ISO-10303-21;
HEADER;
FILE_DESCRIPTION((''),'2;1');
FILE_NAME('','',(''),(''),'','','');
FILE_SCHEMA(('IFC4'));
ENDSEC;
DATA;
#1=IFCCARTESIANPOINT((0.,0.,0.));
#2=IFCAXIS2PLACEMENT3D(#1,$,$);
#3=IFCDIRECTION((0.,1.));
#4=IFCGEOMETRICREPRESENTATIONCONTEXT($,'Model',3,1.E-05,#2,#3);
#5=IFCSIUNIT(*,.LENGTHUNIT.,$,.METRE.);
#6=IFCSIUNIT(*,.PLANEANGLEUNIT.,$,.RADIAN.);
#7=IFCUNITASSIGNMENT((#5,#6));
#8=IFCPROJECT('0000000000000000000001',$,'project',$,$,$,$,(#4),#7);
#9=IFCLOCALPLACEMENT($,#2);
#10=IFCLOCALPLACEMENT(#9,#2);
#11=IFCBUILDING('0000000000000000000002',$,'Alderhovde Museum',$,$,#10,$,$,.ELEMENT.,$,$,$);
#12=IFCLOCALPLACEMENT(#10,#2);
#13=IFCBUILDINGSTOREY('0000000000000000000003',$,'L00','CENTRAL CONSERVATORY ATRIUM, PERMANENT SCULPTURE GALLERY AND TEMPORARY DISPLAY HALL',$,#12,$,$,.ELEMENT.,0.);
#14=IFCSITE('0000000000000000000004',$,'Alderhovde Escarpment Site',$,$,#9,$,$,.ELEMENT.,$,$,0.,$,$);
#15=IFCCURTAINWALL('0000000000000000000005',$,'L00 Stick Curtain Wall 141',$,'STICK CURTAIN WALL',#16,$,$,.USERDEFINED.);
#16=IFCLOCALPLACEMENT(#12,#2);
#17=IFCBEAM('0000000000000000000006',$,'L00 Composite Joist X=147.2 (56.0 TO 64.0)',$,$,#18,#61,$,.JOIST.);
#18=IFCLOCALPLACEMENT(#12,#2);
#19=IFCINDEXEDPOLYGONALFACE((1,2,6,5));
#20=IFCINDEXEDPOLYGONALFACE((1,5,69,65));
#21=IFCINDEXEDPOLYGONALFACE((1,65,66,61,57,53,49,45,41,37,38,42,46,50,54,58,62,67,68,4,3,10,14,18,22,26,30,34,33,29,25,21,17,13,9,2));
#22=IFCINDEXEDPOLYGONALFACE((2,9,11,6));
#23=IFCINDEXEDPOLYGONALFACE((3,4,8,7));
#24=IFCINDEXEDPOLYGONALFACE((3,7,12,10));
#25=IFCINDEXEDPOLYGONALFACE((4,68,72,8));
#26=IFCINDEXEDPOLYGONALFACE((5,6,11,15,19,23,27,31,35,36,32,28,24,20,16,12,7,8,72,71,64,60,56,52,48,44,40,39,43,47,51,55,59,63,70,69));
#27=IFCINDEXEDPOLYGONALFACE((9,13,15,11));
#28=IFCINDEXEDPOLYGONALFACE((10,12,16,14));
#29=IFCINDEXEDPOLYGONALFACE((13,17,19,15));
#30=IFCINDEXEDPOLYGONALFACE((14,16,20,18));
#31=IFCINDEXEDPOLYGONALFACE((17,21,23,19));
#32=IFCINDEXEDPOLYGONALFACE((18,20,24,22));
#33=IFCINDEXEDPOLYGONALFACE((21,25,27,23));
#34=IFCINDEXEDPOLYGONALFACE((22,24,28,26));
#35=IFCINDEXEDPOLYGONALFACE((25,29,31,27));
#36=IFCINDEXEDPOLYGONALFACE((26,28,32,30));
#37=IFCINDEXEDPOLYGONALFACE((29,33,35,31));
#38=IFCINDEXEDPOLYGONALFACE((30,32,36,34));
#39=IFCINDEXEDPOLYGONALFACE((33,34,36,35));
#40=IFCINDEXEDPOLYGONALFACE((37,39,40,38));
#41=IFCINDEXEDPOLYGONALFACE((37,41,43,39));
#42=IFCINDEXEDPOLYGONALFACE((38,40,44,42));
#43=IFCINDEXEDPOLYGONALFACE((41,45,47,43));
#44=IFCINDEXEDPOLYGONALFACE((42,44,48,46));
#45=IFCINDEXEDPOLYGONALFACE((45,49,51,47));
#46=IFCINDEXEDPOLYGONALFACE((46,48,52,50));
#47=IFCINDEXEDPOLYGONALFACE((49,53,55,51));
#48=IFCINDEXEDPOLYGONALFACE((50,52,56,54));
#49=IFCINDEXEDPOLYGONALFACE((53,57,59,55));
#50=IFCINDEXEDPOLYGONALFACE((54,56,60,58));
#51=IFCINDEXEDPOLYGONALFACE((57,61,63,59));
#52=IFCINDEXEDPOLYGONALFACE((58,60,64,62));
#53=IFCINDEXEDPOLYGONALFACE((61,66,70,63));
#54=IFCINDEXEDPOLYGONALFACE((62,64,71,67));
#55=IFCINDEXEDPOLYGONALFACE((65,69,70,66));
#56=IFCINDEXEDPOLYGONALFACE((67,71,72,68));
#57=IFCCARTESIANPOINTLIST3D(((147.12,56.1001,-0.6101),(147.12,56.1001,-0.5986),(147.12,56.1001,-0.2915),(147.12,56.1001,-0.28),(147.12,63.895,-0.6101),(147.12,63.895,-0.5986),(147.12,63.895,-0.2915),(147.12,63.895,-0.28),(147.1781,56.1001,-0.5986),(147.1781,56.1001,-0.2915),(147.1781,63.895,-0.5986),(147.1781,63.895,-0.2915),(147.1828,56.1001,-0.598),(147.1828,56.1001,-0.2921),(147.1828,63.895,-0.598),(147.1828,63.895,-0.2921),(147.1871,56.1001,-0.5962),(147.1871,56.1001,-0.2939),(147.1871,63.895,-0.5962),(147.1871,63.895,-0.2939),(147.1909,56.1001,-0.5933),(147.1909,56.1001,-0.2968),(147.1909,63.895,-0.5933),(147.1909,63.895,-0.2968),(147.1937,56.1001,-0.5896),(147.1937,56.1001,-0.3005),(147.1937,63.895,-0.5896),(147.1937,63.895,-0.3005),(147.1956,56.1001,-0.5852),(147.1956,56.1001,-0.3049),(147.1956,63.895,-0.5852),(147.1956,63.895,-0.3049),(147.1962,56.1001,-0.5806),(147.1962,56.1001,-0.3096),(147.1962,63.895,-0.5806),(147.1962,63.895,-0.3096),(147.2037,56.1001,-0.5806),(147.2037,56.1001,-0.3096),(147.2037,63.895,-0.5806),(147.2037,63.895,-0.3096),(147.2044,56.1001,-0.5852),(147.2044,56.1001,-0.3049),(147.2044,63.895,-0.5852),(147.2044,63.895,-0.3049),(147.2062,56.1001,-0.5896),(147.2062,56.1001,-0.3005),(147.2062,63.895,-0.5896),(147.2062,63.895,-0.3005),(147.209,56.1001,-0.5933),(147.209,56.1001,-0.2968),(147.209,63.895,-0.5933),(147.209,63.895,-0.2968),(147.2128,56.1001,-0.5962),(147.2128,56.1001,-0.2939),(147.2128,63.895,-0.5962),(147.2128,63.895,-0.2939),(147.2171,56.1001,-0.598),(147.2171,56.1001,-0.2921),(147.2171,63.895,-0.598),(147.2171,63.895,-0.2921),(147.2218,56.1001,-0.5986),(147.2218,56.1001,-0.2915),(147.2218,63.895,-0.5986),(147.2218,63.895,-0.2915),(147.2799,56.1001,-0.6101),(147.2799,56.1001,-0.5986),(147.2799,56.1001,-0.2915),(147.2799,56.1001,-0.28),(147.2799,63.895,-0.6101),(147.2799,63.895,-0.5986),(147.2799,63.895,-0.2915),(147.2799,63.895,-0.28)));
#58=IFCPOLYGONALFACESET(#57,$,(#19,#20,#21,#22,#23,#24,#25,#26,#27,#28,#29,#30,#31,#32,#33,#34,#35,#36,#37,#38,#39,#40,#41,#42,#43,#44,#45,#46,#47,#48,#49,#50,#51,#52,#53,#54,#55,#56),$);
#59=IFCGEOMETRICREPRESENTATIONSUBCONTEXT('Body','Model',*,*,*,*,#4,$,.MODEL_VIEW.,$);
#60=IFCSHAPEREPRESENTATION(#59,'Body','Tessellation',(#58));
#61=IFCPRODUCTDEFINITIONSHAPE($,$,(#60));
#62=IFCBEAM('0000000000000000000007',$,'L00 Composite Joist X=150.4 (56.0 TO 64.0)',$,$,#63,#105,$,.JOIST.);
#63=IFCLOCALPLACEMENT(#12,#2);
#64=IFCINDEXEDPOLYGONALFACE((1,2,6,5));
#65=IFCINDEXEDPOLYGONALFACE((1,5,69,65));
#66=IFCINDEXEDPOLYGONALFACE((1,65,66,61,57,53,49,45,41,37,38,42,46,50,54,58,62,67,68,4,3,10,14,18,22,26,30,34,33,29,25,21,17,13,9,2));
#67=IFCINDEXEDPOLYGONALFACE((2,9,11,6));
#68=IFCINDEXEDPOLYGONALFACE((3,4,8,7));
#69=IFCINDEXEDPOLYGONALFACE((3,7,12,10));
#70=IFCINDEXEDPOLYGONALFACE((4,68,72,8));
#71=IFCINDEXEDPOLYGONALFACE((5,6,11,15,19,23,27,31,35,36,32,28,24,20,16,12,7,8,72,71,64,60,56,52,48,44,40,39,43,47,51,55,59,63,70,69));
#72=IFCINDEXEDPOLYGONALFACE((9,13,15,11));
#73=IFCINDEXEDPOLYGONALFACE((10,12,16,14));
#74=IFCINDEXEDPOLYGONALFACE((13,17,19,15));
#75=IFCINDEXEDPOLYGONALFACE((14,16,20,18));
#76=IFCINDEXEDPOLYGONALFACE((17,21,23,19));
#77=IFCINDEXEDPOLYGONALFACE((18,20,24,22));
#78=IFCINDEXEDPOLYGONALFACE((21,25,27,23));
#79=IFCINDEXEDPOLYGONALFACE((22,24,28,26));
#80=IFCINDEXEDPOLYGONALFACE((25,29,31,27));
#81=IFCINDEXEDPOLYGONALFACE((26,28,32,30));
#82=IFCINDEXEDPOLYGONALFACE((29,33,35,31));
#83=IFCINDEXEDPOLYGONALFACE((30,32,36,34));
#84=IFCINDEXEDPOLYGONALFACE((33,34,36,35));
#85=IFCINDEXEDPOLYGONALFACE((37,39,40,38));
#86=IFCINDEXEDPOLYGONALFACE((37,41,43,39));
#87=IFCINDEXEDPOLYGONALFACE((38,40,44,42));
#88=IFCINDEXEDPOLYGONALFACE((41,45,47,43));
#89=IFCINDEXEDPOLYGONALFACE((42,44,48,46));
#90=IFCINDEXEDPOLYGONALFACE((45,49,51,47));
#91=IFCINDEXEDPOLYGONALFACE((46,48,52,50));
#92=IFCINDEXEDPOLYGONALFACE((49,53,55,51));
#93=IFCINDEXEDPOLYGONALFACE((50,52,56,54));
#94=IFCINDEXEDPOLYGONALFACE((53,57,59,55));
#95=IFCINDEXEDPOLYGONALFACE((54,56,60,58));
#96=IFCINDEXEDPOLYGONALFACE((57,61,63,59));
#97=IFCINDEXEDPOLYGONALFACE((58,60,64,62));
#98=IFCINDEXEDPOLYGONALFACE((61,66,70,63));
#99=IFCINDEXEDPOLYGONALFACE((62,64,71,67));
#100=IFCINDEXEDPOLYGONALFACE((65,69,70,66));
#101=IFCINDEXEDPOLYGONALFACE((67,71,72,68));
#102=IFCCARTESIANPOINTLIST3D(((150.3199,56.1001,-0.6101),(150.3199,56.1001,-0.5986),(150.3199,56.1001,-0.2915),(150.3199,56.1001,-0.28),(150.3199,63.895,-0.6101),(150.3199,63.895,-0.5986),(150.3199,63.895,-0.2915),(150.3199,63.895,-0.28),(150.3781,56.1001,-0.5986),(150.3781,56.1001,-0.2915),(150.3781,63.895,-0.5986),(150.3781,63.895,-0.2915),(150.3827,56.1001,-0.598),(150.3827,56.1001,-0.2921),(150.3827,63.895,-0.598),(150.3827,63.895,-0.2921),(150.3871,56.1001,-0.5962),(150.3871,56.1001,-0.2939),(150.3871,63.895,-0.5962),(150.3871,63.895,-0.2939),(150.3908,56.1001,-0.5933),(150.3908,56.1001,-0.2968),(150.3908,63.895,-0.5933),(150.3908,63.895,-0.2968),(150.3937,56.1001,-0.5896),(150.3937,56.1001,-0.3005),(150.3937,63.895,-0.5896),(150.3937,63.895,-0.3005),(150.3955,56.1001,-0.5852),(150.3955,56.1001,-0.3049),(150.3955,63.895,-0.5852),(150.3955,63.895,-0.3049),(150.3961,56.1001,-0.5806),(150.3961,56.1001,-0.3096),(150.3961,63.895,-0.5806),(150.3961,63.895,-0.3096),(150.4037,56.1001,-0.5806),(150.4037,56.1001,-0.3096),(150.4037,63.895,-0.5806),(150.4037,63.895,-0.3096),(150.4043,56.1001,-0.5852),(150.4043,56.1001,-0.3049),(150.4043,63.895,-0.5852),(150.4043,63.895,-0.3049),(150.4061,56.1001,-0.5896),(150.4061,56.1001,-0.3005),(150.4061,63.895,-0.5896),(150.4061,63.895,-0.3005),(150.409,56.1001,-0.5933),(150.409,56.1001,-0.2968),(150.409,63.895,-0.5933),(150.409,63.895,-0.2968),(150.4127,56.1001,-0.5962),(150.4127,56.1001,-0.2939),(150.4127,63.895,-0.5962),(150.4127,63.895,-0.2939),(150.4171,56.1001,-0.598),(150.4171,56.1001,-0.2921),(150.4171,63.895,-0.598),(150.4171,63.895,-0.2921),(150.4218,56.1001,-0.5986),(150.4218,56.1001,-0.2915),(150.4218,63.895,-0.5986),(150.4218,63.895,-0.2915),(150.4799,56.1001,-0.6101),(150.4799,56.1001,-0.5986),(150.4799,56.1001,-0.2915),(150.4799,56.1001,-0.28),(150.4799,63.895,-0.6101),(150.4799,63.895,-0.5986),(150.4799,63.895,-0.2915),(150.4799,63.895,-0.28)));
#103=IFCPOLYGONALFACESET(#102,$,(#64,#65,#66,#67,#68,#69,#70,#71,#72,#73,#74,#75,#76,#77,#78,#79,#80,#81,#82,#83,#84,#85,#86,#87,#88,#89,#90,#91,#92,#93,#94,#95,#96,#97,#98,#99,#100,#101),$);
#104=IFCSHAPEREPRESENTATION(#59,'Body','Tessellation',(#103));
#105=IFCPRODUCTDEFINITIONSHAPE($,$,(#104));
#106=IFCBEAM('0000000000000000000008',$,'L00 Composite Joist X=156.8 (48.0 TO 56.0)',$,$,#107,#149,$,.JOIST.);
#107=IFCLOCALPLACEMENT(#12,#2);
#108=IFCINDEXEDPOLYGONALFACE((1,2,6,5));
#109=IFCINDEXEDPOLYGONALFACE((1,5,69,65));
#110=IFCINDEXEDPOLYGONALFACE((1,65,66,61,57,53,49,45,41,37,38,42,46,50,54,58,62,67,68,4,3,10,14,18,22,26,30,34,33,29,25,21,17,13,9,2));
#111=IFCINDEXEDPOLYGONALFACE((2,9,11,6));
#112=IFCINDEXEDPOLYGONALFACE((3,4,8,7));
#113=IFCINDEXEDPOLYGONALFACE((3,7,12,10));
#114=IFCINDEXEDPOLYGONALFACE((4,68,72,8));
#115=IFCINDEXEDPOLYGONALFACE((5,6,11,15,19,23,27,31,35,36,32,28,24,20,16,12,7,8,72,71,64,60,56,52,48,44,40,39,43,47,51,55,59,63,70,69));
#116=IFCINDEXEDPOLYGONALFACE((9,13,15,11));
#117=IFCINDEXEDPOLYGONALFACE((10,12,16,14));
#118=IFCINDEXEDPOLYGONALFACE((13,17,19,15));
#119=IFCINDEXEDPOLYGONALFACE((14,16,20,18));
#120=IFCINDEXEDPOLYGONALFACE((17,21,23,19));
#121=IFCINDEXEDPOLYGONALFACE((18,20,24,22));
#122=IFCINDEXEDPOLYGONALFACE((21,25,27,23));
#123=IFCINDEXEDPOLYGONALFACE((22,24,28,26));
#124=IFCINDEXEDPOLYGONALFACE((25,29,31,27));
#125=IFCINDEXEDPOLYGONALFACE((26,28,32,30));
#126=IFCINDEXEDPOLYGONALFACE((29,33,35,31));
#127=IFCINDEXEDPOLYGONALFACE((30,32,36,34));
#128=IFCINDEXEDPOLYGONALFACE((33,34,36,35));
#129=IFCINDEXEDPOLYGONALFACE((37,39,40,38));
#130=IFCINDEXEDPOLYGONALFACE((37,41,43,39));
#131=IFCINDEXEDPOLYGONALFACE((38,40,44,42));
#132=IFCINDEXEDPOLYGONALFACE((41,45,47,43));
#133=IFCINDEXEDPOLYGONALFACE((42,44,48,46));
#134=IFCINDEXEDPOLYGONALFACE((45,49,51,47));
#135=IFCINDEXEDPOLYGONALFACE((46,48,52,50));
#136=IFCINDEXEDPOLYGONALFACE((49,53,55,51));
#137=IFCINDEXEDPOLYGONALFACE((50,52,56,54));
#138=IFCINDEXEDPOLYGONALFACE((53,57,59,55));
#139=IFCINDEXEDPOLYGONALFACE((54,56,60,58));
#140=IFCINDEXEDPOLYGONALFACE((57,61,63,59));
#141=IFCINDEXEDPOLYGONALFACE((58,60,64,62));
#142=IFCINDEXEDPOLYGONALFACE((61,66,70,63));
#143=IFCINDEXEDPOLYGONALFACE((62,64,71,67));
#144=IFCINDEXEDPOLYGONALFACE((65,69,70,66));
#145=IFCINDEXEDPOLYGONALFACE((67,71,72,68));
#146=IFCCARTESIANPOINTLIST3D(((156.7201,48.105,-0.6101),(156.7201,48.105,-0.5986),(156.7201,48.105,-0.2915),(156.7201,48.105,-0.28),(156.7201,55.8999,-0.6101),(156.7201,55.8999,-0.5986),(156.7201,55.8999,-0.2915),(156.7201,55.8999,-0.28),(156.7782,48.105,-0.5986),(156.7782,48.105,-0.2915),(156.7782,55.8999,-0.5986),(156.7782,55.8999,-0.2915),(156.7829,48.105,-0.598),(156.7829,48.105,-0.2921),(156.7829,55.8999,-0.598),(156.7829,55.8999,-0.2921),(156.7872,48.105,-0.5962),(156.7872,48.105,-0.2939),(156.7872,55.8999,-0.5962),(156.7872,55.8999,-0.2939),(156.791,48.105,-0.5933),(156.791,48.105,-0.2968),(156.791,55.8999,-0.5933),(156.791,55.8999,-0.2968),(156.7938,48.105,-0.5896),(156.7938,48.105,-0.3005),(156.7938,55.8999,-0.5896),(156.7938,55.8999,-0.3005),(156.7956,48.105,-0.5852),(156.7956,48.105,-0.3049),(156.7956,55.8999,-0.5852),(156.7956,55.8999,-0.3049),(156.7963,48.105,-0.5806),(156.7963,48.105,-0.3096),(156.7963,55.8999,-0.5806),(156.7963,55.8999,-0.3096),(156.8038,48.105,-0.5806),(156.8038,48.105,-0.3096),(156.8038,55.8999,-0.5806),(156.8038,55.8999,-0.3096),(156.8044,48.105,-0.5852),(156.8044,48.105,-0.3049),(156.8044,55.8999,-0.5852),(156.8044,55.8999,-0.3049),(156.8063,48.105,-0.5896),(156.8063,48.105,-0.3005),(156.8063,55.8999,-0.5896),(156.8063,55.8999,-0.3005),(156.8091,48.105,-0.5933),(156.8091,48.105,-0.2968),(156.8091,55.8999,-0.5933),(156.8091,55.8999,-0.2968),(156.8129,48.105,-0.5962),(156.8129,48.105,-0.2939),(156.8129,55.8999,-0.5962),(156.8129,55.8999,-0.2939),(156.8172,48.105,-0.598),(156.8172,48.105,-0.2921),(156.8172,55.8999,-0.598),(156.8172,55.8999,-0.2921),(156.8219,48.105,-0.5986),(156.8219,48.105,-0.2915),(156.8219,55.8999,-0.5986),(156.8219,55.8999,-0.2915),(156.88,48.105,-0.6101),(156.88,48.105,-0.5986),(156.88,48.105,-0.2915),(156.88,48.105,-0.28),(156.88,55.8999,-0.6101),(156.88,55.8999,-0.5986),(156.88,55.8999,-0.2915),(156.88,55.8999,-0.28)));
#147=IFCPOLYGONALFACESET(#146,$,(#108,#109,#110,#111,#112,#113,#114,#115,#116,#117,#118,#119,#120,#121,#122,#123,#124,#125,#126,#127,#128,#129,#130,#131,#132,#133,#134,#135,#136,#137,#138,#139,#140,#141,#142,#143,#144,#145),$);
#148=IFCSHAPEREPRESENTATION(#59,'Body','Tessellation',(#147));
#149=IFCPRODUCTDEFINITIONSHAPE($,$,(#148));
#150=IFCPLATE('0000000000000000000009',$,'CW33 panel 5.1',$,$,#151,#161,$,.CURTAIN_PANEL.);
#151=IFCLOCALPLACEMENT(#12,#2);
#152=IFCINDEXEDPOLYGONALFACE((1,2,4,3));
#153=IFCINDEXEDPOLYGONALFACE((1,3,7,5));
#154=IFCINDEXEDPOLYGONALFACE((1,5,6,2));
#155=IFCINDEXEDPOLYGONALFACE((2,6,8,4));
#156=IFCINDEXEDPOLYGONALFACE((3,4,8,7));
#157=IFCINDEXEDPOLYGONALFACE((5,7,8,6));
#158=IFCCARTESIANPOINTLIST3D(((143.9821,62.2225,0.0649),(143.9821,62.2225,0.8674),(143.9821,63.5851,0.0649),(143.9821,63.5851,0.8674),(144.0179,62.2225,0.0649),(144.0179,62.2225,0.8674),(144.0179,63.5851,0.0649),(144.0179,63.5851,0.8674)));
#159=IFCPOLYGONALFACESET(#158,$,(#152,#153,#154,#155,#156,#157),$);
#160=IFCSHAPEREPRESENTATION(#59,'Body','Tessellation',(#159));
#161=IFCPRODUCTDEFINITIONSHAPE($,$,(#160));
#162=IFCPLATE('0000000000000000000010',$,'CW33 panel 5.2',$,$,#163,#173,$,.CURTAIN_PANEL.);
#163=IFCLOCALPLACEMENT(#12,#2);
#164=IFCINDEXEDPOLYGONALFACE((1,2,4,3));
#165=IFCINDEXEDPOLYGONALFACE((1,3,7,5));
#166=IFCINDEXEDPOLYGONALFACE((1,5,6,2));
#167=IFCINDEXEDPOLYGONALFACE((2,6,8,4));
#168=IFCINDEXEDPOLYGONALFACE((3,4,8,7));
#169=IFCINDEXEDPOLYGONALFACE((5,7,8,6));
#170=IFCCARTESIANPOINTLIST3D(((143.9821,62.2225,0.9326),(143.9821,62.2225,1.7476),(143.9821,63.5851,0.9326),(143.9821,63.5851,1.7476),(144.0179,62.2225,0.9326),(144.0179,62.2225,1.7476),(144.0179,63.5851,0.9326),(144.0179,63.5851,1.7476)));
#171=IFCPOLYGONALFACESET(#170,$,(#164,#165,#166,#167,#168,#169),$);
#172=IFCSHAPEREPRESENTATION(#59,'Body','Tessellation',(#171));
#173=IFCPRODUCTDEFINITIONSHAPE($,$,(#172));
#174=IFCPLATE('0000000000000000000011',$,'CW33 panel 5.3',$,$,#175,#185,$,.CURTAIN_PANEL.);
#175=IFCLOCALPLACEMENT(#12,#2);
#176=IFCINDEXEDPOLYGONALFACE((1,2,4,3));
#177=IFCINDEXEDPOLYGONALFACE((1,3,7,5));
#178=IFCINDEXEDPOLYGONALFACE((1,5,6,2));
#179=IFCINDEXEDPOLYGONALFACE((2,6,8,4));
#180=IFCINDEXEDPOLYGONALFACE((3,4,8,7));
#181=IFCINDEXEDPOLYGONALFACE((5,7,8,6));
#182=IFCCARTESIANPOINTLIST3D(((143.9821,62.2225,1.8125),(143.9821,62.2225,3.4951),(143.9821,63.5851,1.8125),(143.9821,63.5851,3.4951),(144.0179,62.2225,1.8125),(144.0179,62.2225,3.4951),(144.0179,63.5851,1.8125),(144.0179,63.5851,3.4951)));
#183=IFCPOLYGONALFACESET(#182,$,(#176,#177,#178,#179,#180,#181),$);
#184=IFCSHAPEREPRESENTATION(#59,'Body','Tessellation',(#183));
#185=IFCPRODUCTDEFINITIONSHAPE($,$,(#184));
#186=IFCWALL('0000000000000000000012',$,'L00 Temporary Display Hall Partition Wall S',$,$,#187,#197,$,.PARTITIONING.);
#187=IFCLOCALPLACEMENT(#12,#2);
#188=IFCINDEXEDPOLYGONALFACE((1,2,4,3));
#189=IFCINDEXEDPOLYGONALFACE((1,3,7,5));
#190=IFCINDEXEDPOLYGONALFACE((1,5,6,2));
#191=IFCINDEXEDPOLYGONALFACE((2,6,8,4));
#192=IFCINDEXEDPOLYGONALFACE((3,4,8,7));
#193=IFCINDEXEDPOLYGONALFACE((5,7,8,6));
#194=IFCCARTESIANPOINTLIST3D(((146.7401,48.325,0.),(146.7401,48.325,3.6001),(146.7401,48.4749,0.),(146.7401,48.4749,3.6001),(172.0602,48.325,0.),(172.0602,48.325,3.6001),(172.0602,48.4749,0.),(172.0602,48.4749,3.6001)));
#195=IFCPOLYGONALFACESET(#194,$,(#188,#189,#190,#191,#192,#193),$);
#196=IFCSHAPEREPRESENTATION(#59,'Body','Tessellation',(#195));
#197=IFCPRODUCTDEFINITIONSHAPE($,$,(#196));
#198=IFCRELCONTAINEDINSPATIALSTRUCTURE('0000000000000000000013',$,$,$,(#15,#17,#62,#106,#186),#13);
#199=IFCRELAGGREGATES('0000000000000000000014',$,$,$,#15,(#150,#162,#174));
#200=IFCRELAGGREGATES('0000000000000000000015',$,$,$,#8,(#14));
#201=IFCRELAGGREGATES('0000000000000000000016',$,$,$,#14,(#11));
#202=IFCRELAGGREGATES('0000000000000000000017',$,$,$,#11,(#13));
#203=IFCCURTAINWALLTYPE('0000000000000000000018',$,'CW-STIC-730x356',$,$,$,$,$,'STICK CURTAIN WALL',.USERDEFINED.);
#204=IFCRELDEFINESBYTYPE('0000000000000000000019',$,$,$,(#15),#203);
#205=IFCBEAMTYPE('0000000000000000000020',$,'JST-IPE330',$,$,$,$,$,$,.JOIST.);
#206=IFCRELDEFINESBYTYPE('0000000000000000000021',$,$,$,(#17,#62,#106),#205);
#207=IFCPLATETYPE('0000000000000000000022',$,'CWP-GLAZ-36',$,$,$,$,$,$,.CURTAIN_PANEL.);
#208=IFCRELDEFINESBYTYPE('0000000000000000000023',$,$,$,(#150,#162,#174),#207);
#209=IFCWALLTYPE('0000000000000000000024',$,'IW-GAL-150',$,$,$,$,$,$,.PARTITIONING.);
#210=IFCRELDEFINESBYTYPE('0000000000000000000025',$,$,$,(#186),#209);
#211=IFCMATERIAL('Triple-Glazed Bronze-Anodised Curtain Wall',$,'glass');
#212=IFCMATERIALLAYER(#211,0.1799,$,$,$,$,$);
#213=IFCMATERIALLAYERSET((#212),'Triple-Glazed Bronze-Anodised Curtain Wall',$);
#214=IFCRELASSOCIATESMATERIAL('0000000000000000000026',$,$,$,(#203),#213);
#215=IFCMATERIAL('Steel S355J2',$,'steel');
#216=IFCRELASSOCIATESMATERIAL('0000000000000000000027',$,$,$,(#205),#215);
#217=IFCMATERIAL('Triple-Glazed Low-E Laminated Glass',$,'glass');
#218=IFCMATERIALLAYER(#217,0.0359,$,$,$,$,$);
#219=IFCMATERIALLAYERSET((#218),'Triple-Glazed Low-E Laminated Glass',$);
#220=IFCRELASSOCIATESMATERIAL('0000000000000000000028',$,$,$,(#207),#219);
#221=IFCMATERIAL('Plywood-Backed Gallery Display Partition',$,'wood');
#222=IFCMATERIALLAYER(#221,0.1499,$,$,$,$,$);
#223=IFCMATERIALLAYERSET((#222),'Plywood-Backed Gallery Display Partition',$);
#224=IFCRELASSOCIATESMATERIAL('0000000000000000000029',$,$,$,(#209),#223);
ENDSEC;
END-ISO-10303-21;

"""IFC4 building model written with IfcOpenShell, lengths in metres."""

from ifc_helpers import new_model, si_unit, direction, frame, frame_2d, origin, origin_2d, place, context, subcontext, project, spatial, rectangle, i_section, extrude, material, layer, layer_set, material_profile, profile_set, type_object, element, aggregate, save


model = new_model("IFC4")

# Units and contexts
model_context = context("Model", 3, precision=1e-05, world=origin(), true_north=direction((0.0, 1.0)))
body_context = subcontext(model_context, "Body", "Model", "MODEL_VIEW")
ifc_project = project(units=[si_unit("LENGTHUNIT", "METRE"), si_unit("PLANEANGLEUNIT", "RADIAN")], contexts=[model_context])

# Site, building, storey
site_placement = place(None, origin())
site = spatial("IfcSite", under=ifc_project, at=site_placement, Name="Alderhovde Escarpment Site", CompositionType="ELEMENT", RefElevation=0.0)
building_placement = place(site_placement, origin())
building = spatial("IfcBuilding", under=site, at=building_placement, Name="Alderhovde Museum", CompositionType="ELEMENT")
storey_placement = place(building_placement, origin())
storey = spatial("IfcBuildingStorey", under=building, at=storey_placement, Name="L00", Description="CENTRAL CONSERVATORY ATRIUM, PERMANENT SCULPTURE GALLERY AND TEMPORARY DISPLAY HALL", CompositionType="ELEMENT", Elevation=0.0)

# Curtain wall
ifc_material_1 = material(Name="Triple-Glazed Bronze-Anodised Curtain Wall", Category="glass")
ifc_layer_1 = layer(ifc_material_1, 0.1799)
ifc_layer_set_1 = layer_set([ifc_layer_1], Name="Triple-Glazed Bronze-Anodised Curtain Wall")
curtain_wall_type = type_object("IfcCurtainWallType", Name="CW-STIC-730x356", ElementType="STICK CURTAIN WALL", PredefinedType="USERDEFINED", material=ifc_layer_set_1)
curtain_wall_placement = place(storey_placement, origin())
curtain_wall = element("IfcCurtainWall", 1, at=curtain_wall_placement, inside=storey, type_object=curtain_wall_type, Name="L00 Stick Curtain Wall 141", ObjectType="STICK CURTAIN WALL", PredefinedType="USERDEFINED")

# Beams
ifc_material_2 = material(Name="Steel S355J2", Category="steel")
ifc_material_profile_1 = material_profile(ifc_material_2, i_section(OverallWidth=0.1599, OverallDepth=0.3301, WebThickness=0.0076, FlangeThickness=0.0115, FilletRadius=0.0181, at=origin_2d()), Name="IPE 330")
ifc_profile_set_1 = profile_set([ifc_material_profile_1], Name="Steel S355J2")
beam_type_1 = type_object("IfcBeamType", Name="JST-IPE330", PredefinedType="JOIST", material=ifc_profile_set_1)
for number, where, z_axis, x_axis, name in (
    (2, (147.2, 56.1001, -0.4451), (0.0, 1.0, 0.0), (-1.0, 0.0, 0.0), "L00 Composite Joist X=147.2 (56.0 TO 64.0)"),
    (3, (150.3999, 56.1001, -0.4451), (0.0, 1.0, 0.0), (-1.0, 0.0, 0.0), "L00 Composite Joist X=150.4 (56.0 TO 64.0)"),
    (4, (156.8, 48.105, -0.4451), (0.0, 1.0, 0.0), (-1.0, 0.0, 0.0), "L00 Composite Joist X=156.8 (48.0 TO 56.0)"),
):
    element("IfcBeam", number, at=place(storey_placement, frame(where, z_axis=z_axis, x_axis=x_axis)), inside=storey, type_object=beam_type_1, Name=name, PredefinedType="JOIST", context=body_context, shape_type="SweptSolid", body=[
        extrude(i_section(OverallWidth=0.1599, OverallDepth=0.3301, WebThickness=0.0076, FlangeThickness=0.0115, FilletRadius=0.0181, at=origin_2d()), origin(), (0.0, 0.0, 1.0), 7.7949),
    ])

# Plates
ifc_material_3 = material(Name="Triple-Glazed Low-E Laminated Glass", Category="glass")
ifc_layer_2 = layer(ifc_material_3, 0.0359)
ifc_layer_set_2 = layer_set([ifc_layer_2], Name="Triple-Glazed Low-E Laminated Glass")
plate_type = type_object("IfcPlateType", Name="CWP-GLAZ-36", PredefinedType="CURTAIN_PANEL", material=ifc_layer_set_2)
plate_1_placement = place(storey_placement, frame((144.0, 62.9038, 0.0649), z_axis=(0.0, 0.0, 1.0), x_axis=(0.0, 1.0, 0.0)))
plate_1 = element("IfcPlate", 5, at=plate_1_placement, type_object=plate_type, Name="CW33 panel 5.1", PredefinedType="CURTAIN_PANEL", context=body_context, shape_type="SweptSolid", body=[
    extrude(rectangle(XDim=1.3625, YDim=0.0359, at=origin_2d()), origin(), (0.0, 0.0, 1.0), 0.8025),
])
plate_2_placement = place(storey_placement, frame((144.0, 62.9038, 0.9326), z_axis=(0.0, 0.0, 1.0), x_axis=(0.0, 1.0, 0.0)))
plate_2 = element("IfcPlate", 6, at=plate_2_placement, type_object=plate_type, Name="CW33 panel 5.2", PredefinedType="CURTAIN_PANEL", context=body_context, shape_type="SweptSolid", body=[
    extrude(rectangle(XDim=1.3625, YDim=0.0359, at=origin_2d()), origin(), (0.0, 0.0, 1.0), 0.8149),
])
plate_3_placement = place(storey_placement, frame((144.0, 62.9038, 1.8125), z_axis=(0.0, 0.0, 1.0), x_axis=(0.0, 1.0, 0.0)))
plate_3 = element("IfcPlate", 7, at=plate_3_placement, type_object=plate_type, Name="CW33 panel 5.3", PredefinedType="CURTAIN_PANEL", context=body_context, shape_type="SweptSolid", body=[
    extrude(rectangle(XDim=1.3625, YDim=0.0359, at=origin_2d()), origin(), (0.0, 0.0, 1.0), 1.6826),
])
aggregate(curtain_wall, [plate_1, plate_2, plate_3])

# Wall
ifc_material_4 = material(Name="Plywood-Backed Gallery Display Partition", Category="wood")
ifc_layer_3 = layer(ifc_material_4, 0.1499)
ifc_layer_set_3 = layer_set([ifc_layer_3], Name="Plywood-Backed Gallery Display Partition")
wall_type_1 = type_object("IfcWallType", Name="IW-GAL-150", PredefinedType="PARTITIONING", material=ifc_layer_set_3)
wall_1_placement = place(storey_placement, frame((146.74, 48.3999, 0.0), z_axis=(0.0, 0.0, 1.0), x_axis=(1.0, 0.0, 0.0)))
element("IfcWall", 8, at=wall_1_placement, inside=storey, type_object=wall_type_1, Name="L00 Temporary Display Hall Partition Wall S", PredefinedType="PARTITIONING", context=body_context, shape_type="SweptSolid", body=[
    extrude(rectangle(XDim=25.3201, YDim=0.1499, at=frame_2d((12.6602, 0.0))), origin(), (0.0, 0.0, 1.0), 3.6001),
])

save(model, "model.ifc")
